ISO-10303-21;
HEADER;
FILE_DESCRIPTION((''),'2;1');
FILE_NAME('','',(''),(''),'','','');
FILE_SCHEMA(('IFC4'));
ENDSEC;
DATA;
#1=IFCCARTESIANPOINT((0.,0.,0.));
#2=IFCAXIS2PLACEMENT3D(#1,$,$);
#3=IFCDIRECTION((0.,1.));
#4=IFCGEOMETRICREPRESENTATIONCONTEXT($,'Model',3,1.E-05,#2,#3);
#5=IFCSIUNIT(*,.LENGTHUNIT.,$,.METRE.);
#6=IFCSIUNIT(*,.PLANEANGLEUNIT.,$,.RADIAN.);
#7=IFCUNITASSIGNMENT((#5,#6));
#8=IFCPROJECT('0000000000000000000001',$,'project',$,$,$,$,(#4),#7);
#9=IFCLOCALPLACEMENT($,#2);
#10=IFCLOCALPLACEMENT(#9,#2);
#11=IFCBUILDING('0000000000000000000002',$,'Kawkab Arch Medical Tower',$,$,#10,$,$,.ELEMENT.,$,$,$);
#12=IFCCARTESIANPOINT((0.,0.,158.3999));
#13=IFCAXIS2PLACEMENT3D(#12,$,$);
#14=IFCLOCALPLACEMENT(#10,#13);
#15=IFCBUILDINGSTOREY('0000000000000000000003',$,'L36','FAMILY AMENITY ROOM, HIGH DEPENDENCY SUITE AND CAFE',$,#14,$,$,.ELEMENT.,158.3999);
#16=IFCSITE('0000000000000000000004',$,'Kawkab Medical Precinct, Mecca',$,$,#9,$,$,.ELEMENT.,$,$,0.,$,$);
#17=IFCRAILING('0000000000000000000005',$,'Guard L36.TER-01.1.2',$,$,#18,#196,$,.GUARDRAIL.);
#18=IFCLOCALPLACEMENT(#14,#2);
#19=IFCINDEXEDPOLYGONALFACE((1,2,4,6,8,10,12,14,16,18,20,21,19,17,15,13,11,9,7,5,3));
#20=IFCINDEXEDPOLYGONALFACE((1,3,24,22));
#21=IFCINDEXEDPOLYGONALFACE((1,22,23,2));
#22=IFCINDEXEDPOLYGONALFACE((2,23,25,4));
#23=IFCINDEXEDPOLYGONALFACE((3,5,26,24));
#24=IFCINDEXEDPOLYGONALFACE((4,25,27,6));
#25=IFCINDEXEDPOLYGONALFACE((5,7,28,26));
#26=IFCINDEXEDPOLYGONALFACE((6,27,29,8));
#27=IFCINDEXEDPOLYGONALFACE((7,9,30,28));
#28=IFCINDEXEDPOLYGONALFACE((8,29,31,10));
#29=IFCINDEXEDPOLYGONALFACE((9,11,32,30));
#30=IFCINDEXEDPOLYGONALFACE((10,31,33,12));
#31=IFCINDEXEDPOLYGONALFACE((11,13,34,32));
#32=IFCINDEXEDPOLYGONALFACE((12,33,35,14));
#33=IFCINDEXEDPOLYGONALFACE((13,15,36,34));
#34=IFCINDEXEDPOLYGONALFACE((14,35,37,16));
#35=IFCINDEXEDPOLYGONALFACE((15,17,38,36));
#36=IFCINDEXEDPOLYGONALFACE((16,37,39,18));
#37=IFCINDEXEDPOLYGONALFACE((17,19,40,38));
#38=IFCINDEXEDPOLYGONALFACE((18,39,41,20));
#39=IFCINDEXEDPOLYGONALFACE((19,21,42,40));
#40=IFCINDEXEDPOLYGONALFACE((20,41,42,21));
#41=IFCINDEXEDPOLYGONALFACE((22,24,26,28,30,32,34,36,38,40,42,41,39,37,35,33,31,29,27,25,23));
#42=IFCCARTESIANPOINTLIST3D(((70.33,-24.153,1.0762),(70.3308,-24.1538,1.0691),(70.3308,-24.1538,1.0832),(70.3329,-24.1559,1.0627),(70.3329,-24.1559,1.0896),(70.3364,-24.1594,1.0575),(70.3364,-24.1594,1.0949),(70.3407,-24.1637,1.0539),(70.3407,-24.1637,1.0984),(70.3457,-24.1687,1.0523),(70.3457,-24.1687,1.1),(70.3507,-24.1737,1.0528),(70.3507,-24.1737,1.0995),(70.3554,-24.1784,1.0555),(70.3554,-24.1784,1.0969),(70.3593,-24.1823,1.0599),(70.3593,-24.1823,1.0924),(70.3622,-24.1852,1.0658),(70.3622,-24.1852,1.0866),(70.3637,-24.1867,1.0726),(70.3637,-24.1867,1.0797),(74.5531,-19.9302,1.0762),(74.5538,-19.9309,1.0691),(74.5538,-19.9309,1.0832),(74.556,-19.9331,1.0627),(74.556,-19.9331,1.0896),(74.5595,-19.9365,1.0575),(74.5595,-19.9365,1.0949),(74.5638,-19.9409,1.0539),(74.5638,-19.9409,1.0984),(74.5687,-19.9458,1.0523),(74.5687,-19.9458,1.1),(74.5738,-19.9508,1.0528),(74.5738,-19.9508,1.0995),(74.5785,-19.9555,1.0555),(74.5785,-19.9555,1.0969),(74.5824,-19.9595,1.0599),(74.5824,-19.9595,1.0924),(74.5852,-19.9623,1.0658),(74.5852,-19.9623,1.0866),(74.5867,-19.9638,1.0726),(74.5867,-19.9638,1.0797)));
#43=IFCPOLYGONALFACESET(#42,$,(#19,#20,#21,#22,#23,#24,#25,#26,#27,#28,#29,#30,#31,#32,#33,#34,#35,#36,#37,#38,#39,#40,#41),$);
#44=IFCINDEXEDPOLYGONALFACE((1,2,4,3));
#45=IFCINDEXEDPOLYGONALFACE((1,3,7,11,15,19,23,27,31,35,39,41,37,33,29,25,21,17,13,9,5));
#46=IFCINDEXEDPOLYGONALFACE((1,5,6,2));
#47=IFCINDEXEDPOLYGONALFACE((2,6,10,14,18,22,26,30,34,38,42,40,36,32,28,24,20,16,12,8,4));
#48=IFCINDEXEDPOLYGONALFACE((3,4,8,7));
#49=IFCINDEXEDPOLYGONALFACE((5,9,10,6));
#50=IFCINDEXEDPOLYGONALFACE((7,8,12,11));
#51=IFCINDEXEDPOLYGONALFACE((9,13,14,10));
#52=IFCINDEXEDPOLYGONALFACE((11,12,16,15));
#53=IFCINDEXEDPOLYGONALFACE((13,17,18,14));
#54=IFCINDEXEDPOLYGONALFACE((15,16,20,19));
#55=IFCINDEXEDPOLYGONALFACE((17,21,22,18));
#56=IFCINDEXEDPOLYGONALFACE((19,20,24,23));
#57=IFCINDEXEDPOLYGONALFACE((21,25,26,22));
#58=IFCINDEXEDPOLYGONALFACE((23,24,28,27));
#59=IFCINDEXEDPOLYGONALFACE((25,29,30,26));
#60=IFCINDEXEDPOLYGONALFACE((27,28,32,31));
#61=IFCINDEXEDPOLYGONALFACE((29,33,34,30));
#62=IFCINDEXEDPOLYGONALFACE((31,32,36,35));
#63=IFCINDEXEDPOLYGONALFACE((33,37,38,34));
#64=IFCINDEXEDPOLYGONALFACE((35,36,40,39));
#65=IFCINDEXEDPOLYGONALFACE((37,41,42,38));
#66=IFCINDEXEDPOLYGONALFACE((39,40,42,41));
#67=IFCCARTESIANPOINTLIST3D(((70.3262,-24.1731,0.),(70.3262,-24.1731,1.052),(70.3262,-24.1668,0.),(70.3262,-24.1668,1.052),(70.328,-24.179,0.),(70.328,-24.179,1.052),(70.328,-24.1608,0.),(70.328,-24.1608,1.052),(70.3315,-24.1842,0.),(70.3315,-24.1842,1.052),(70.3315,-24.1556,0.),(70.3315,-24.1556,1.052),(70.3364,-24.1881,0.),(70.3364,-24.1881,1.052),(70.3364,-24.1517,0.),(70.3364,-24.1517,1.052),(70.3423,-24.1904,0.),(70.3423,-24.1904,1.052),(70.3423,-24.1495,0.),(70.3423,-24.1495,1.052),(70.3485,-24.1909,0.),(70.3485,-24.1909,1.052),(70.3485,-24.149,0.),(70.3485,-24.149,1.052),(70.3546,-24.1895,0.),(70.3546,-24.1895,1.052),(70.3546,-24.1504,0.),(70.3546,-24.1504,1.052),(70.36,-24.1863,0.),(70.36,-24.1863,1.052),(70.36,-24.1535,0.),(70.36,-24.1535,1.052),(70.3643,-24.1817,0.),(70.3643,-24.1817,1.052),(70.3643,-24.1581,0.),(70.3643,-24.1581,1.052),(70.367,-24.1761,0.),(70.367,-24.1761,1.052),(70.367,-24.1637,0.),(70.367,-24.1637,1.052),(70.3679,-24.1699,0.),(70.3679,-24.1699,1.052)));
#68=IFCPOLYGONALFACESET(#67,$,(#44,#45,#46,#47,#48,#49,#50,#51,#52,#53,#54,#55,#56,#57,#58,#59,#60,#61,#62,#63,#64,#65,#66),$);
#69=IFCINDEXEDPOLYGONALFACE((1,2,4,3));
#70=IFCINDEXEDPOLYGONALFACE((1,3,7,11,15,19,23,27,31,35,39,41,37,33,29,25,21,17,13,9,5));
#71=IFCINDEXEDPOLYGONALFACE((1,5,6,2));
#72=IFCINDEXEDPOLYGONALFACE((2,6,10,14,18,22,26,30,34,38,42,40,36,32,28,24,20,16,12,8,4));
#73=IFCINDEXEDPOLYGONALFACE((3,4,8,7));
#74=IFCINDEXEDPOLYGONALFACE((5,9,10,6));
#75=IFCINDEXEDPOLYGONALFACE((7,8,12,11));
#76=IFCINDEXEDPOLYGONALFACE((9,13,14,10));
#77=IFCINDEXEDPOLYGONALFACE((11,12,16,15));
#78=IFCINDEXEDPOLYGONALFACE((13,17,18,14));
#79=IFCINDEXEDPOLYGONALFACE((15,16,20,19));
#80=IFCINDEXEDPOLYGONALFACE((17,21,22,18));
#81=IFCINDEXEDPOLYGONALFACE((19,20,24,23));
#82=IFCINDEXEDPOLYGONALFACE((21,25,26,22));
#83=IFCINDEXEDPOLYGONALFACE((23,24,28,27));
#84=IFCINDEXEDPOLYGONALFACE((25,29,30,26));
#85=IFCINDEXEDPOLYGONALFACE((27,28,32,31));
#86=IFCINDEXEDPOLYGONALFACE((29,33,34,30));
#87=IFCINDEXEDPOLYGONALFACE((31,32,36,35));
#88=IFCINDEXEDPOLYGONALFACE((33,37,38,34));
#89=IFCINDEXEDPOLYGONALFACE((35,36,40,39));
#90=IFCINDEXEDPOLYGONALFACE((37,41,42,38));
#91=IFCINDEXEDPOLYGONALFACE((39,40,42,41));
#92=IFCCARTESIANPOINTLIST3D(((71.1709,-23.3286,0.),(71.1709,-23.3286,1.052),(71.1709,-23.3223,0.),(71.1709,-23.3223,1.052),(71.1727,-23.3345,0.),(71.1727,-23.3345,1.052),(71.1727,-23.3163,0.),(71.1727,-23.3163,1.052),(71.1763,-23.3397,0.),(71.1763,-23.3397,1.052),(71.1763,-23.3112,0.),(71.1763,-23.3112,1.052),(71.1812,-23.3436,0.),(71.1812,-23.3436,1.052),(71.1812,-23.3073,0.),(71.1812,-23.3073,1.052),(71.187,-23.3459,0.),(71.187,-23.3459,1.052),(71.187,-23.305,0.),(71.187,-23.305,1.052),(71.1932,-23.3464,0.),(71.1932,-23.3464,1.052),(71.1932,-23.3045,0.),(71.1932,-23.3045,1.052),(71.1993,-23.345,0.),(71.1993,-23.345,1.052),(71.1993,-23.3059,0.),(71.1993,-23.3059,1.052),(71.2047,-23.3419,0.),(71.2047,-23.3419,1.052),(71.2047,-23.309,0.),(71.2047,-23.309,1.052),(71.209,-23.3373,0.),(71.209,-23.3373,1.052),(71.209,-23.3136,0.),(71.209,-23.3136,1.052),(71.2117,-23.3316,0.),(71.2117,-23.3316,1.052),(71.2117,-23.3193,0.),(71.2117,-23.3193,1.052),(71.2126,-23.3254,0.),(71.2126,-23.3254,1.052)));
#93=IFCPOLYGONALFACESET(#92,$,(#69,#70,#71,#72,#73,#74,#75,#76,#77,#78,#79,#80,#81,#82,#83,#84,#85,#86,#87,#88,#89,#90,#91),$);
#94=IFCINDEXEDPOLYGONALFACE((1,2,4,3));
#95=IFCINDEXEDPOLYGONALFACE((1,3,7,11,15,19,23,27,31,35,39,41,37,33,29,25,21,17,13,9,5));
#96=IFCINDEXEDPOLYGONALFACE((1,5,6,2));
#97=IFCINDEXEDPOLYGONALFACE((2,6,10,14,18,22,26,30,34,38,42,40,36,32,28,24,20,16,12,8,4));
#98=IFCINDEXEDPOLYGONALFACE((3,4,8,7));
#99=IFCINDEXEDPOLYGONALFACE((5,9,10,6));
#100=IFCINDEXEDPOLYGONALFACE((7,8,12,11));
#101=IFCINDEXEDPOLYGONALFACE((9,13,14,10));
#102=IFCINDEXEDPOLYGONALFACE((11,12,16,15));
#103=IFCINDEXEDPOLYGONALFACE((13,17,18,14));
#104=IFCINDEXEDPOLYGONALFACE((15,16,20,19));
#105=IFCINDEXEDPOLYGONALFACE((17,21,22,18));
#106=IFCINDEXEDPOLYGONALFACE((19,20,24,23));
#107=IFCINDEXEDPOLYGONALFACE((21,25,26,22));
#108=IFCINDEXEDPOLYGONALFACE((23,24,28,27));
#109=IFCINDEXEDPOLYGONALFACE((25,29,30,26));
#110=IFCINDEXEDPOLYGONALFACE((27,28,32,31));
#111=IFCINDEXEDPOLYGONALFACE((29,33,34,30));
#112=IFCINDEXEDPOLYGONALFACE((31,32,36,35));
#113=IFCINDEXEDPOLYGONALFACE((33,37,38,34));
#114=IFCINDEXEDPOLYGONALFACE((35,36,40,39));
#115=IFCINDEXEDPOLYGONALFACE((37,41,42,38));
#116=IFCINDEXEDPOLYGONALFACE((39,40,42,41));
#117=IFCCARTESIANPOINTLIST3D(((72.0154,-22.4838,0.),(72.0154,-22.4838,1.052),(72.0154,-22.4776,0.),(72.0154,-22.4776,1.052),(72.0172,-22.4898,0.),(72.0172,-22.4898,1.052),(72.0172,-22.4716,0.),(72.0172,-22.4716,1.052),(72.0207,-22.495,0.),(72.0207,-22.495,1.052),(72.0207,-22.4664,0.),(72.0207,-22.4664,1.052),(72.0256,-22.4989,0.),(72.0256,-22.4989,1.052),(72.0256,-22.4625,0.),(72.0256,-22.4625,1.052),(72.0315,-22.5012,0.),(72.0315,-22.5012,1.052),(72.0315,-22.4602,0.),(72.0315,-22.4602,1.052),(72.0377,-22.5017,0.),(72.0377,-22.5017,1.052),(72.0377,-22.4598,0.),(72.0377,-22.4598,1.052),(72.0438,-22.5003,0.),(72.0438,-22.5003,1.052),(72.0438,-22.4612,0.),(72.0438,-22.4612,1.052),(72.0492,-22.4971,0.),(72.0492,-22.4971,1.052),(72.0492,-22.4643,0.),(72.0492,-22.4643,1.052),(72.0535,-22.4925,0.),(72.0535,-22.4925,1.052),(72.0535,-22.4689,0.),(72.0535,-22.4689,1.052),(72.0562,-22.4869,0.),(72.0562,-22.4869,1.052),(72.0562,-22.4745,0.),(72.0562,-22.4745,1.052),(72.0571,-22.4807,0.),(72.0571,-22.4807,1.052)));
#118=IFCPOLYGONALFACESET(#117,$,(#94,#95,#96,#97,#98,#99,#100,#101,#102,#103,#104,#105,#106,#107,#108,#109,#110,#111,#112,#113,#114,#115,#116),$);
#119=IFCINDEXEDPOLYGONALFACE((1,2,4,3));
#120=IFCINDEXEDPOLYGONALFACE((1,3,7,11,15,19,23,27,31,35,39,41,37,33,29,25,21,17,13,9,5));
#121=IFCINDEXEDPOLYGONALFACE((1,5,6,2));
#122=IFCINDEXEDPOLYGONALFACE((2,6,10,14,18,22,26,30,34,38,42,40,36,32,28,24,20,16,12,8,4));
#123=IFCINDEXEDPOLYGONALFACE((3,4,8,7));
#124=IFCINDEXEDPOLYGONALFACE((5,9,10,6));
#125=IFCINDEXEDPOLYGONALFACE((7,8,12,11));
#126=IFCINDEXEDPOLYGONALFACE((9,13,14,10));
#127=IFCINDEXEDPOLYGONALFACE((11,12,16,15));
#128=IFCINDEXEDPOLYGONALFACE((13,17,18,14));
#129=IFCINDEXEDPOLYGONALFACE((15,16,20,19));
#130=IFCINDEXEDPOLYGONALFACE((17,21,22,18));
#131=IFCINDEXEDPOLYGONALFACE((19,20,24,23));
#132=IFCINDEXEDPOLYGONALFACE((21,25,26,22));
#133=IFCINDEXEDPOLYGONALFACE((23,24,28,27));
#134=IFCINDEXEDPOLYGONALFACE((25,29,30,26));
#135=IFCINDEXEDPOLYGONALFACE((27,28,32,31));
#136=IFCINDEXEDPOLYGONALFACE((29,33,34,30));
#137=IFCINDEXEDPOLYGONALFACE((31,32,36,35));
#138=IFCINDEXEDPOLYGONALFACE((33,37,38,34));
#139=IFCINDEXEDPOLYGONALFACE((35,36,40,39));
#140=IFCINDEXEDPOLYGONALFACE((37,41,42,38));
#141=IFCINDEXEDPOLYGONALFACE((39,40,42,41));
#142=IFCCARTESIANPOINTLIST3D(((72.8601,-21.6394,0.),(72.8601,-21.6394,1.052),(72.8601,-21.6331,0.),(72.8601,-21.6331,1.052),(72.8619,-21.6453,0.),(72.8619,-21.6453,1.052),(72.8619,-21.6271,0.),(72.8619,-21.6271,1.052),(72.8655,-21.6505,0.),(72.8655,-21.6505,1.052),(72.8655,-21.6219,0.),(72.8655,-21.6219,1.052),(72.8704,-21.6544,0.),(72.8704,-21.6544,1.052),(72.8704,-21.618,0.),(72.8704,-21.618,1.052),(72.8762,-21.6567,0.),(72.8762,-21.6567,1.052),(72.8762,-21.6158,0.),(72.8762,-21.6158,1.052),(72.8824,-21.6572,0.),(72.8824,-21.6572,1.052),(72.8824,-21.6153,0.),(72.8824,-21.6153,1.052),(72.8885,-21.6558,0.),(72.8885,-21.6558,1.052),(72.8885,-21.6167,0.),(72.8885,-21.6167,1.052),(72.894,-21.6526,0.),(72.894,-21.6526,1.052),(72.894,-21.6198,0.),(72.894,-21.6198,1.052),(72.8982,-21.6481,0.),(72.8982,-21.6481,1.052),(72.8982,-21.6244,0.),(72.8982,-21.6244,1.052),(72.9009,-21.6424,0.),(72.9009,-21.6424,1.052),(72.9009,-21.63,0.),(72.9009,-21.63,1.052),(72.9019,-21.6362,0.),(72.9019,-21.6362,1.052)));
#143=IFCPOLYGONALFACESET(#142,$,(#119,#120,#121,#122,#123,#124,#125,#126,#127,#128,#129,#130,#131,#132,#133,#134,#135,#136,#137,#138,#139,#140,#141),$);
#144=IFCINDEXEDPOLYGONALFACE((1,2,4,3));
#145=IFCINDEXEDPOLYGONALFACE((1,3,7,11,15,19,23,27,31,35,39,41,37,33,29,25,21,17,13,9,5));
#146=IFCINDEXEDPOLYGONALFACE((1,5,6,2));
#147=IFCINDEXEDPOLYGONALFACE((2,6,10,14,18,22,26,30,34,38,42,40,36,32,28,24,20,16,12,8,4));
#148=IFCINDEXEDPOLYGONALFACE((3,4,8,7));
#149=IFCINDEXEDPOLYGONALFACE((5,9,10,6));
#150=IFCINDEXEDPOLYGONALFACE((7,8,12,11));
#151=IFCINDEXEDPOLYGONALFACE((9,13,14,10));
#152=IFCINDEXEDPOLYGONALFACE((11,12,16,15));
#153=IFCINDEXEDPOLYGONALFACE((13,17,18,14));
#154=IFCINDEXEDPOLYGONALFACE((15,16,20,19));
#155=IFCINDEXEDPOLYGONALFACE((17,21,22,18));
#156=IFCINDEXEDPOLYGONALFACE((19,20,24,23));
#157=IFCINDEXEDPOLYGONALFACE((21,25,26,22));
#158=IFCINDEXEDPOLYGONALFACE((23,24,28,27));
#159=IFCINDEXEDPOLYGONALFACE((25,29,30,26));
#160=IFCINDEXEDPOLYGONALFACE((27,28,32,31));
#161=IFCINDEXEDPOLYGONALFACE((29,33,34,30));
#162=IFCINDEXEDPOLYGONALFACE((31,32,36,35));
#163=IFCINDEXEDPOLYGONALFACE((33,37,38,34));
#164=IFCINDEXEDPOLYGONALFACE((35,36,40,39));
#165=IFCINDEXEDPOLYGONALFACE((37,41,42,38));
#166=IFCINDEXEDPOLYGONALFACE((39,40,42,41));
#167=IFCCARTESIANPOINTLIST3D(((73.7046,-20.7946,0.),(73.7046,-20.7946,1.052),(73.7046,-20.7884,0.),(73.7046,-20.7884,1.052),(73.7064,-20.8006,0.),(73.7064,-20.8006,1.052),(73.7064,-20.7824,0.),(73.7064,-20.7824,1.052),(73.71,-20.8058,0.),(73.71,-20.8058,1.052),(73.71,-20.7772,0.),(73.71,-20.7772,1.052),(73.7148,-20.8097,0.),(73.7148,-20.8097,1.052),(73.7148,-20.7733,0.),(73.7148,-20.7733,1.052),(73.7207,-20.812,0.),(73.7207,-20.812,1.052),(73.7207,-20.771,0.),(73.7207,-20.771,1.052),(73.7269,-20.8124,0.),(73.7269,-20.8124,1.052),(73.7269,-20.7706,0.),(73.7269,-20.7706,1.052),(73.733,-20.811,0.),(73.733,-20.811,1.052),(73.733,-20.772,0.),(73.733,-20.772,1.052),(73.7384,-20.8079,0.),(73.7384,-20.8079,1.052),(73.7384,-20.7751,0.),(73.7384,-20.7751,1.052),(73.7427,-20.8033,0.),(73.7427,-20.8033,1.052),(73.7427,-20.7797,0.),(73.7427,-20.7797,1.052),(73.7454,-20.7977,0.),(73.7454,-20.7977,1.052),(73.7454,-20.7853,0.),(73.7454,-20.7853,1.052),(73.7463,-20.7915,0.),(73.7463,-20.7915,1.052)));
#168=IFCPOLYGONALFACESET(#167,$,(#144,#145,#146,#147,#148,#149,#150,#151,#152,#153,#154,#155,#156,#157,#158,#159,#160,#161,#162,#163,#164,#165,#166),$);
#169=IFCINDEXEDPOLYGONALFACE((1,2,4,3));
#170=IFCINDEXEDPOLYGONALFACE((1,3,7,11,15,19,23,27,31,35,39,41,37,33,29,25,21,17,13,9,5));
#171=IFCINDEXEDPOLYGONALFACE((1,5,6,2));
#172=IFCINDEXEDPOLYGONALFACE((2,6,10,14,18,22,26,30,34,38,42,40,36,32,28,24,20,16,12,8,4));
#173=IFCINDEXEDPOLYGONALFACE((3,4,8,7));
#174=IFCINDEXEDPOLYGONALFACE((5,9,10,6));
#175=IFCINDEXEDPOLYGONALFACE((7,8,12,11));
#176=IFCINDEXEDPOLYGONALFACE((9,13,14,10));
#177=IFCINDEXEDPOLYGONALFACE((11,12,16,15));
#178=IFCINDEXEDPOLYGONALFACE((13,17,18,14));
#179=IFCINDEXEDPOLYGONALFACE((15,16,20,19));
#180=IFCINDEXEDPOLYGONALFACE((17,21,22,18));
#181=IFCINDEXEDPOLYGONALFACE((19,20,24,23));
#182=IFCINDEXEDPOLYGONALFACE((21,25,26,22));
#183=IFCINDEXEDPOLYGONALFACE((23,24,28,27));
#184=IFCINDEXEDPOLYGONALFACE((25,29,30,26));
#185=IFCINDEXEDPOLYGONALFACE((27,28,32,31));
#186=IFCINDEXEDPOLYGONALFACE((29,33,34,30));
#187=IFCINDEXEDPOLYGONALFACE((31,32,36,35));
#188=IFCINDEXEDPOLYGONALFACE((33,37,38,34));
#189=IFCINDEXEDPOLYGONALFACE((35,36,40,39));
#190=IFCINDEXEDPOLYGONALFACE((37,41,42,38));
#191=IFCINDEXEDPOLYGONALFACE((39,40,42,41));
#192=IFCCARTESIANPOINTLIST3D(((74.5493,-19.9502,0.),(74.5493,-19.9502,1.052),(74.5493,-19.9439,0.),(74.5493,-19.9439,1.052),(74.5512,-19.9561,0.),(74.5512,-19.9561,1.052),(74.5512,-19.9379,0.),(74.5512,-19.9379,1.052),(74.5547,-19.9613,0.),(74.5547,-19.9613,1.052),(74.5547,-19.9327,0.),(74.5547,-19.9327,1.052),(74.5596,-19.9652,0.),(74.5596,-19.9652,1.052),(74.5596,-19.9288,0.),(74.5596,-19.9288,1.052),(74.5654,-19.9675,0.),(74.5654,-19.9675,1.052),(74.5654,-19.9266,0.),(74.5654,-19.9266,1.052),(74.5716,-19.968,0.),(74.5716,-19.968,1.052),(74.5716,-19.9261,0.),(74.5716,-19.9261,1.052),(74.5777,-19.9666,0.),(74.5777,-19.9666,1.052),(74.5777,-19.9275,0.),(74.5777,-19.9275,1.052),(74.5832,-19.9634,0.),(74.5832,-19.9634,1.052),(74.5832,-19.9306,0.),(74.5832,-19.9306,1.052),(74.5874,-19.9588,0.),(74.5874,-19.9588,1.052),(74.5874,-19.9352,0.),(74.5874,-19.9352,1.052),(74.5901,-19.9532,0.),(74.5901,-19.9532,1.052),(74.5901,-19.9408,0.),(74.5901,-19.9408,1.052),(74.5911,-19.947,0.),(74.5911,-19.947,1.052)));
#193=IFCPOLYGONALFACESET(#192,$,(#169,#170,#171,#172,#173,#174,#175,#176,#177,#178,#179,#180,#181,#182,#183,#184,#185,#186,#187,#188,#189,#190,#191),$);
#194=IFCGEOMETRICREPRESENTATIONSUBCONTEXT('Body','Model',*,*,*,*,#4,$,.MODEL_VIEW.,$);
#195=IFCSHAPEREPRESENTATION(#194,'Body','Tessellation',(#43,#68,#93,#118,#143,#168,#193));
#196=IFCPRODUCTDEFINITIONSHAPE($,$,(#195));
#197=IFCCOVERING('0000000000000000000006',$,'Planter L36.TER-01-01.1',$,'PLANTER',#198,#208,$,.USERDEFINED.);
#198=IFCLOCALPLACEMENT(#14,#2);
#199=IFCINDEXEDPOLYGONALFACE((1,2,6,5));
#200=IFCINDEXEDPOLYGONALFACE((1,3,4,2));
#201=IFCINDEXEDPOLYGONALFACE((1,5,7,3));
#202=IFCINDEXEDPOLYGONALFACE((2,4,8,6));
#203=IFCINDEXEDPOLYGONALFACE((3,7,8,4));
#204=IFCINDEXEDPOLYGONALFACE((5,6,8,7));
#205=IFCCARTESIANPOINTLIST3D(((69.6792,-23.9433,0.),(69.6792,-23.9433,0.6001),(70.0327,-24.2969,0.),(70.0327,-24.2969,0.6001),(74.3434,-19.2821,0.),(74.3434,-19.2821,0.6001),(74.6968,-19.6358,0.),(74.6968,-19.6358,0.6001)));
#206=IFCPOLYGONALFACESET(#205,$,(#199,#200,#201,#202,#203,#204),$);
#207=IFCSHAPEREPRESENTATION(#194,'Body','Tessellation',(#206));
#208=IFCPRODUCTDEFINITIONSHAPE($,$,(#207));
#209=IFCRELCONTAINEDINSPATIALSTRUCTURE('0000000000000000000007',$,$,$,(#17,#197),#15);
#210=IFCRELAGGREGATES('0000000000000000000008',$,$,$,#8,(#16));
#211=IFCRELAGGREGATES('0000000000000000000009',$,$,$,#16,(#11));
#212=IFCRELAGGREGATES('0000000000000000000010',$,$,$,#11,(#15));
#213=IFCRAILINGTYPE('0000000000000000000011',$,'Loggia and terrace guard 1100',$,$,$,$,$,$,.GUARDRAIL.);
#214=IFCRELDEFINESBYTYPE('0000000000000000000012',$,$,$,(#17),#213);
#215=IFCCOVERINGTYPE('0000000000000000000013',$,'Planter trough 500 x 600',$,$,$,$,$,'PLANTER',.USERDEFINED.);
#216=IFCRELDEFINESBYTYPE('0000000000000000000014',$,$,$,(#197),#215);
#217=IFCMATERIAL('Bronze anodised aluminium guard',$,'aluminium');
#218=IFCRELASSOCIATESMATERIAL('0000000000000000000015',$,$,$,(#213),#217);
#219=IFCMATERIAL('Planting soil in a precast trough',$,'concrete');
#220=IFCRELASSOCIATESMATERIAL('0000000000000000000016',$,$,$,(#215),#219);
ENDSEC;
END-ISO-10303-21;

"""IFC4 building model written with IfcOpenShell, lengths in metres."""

from ifc_helpers import new_model, si_unit, direction, frame, origin, origin_2d, place, context, subcontext, project, spatial, rectangle, circle, extrude, material, material_profile, profile_set, type_object, element, save


model = new_model("IFC4")

# Units and contexts
model_context = context("Model", 3, precision=1e-05, world=origin(), true_north=direction((0.0, 1.0)))
body_context = subcontext(model_context, "Body", "Model", "MODEL_VIEW")
ifc_project = project(units=[si_unit("LENGTHUNIT", "METRE"), si_unit("PLANEANGLEUNIT", "RADIAN")], contexts=[model_context])

# Site, building, storey
site_placement = place(None, origin())
site = spatial("IfcSite", under=ifc_project, at=site_placement, Name="Kawkab Medical Precinct, Mecca", CompositionType="ELEMENT", RefElevation=0.0)
building_placement = place(site_placement, origin())
building = spatial("IfcBuilding", under=site, at=building_placement, Name="Kawkab Arch Medical Tower", CompositionType="ELEMENT")
storey_placement = place(building_placement, frame((0.0, 0.0, 158.3999)))
storey = spatial("IfcBuildingStorey", under=building, at=storey_placement, Name="L36", Description="FAMILY AMENITY ROOM, HIGH DEPENDENCY SUITE AND CAFE", CompositionType="ELEMENT", Elevation=158.3999)

# Railing
ifc_material_1 = material(Name="Bronze anodised aluminium guard", Category="aluminium")
railing_type_1 = type_object("IfcRailingType", Name="Loggia and terrace guard 1100", PredefinedType="GUARDRAIL", material=ifc_material_1)
railing_1_placement = place(storey_placement, frame((70.3469, -24.1699, 0.0)))
element("IfcRailing", 1, at=railing_1_placement, inside=storey, type_object=railing_type_1, Name="Guard L36.TER-01.1.2", PredefinedType="GUARDRAIL", context=body_context, shape_type="SweptSolid", body=[
    extrude(circle(Radius=0.0239, at=origin_2d()), frame((0.0, 0.0, 1.0762), z_axis=(0.707127, 0.707086, 0.0), x_axis=(-0.707086, 0.707127, 0.0)), (0.0, 0.0, 1.0), 5.9722),
    extrude(circle(Radius=0.021, at=origin_2d()), origin(), (0.0, 0.0, 1.0), 1.052),
    extrude(circle(Radius=0.021, at=origin_2d()), frame((0.8447, 0.8445, 0.0)), (0.0, 0.0, 1.0), 1.052),
    extrude(circle(Radius=0.021, at=origin_2d()), frame((1.6892, 1.6892, 0.0)), (0.0, 0.0, 1.0), 1.052),
    extrude(circle(Radius=0.021, at=origin_2d()), frame((2.5339, 2.5337, 0.0)), (0.0, 0.0, 1.0), 1.052),
    extrude(circle(Radius=0.021, at=origin_2d()), frame((3.3784, 3.3784, 0.0)), (0.0, 0.0, 1.0), 1.052),
    extrude(circle(Radius=0.021, at=origin_2d()), frame((4.2231, 4.2229, 0.0)), (0.0, 0.0, 1.0), 1.052),
])

# Covering
ifc_material_2 = material(Name="Planting soil in a precast trough", Category="concrete")
ifc_material_profile_1 = material_profile(ifc_material_2, rectangle(XDim=0.5, YDim=0.6001, at=origin_2d()), Name="Trough 500x600")
ifc_profile_set_1 = profile_set([ifc_material_profile_1], Name="Planting soil in a precast trough")
covering_type = type_object("IfcCoveringType", Name="Planter trough 500 x 600", ElementType="PLANTER", PredefinedType="USERDEFINED", material=ifc_profile_set_1)
covering_1_placement = place(storey_placement, frame((69.856, -24.1201, 0.3), z_axis=(0.707329, 0.706885, 0.0), x_axis=(-0.706885, 0.707329, 0.0)))
element("IfcCovering", 2, at=covering_1_placement, inside=storey, type_object=covering_type, Name="Planter L36.TER-01-01.1", ObjectType="PLANTER", PredefinedType="USERDEFINED", context=body_context, shape_type="SweptSolid", body=[
    extrude(rectangle(XDim=0.5, YDim=0.6001, at=origin_2d()), origin(), (0.0, 0.0, 1.0), 6.594),
])

save(model, "model.ifc")
